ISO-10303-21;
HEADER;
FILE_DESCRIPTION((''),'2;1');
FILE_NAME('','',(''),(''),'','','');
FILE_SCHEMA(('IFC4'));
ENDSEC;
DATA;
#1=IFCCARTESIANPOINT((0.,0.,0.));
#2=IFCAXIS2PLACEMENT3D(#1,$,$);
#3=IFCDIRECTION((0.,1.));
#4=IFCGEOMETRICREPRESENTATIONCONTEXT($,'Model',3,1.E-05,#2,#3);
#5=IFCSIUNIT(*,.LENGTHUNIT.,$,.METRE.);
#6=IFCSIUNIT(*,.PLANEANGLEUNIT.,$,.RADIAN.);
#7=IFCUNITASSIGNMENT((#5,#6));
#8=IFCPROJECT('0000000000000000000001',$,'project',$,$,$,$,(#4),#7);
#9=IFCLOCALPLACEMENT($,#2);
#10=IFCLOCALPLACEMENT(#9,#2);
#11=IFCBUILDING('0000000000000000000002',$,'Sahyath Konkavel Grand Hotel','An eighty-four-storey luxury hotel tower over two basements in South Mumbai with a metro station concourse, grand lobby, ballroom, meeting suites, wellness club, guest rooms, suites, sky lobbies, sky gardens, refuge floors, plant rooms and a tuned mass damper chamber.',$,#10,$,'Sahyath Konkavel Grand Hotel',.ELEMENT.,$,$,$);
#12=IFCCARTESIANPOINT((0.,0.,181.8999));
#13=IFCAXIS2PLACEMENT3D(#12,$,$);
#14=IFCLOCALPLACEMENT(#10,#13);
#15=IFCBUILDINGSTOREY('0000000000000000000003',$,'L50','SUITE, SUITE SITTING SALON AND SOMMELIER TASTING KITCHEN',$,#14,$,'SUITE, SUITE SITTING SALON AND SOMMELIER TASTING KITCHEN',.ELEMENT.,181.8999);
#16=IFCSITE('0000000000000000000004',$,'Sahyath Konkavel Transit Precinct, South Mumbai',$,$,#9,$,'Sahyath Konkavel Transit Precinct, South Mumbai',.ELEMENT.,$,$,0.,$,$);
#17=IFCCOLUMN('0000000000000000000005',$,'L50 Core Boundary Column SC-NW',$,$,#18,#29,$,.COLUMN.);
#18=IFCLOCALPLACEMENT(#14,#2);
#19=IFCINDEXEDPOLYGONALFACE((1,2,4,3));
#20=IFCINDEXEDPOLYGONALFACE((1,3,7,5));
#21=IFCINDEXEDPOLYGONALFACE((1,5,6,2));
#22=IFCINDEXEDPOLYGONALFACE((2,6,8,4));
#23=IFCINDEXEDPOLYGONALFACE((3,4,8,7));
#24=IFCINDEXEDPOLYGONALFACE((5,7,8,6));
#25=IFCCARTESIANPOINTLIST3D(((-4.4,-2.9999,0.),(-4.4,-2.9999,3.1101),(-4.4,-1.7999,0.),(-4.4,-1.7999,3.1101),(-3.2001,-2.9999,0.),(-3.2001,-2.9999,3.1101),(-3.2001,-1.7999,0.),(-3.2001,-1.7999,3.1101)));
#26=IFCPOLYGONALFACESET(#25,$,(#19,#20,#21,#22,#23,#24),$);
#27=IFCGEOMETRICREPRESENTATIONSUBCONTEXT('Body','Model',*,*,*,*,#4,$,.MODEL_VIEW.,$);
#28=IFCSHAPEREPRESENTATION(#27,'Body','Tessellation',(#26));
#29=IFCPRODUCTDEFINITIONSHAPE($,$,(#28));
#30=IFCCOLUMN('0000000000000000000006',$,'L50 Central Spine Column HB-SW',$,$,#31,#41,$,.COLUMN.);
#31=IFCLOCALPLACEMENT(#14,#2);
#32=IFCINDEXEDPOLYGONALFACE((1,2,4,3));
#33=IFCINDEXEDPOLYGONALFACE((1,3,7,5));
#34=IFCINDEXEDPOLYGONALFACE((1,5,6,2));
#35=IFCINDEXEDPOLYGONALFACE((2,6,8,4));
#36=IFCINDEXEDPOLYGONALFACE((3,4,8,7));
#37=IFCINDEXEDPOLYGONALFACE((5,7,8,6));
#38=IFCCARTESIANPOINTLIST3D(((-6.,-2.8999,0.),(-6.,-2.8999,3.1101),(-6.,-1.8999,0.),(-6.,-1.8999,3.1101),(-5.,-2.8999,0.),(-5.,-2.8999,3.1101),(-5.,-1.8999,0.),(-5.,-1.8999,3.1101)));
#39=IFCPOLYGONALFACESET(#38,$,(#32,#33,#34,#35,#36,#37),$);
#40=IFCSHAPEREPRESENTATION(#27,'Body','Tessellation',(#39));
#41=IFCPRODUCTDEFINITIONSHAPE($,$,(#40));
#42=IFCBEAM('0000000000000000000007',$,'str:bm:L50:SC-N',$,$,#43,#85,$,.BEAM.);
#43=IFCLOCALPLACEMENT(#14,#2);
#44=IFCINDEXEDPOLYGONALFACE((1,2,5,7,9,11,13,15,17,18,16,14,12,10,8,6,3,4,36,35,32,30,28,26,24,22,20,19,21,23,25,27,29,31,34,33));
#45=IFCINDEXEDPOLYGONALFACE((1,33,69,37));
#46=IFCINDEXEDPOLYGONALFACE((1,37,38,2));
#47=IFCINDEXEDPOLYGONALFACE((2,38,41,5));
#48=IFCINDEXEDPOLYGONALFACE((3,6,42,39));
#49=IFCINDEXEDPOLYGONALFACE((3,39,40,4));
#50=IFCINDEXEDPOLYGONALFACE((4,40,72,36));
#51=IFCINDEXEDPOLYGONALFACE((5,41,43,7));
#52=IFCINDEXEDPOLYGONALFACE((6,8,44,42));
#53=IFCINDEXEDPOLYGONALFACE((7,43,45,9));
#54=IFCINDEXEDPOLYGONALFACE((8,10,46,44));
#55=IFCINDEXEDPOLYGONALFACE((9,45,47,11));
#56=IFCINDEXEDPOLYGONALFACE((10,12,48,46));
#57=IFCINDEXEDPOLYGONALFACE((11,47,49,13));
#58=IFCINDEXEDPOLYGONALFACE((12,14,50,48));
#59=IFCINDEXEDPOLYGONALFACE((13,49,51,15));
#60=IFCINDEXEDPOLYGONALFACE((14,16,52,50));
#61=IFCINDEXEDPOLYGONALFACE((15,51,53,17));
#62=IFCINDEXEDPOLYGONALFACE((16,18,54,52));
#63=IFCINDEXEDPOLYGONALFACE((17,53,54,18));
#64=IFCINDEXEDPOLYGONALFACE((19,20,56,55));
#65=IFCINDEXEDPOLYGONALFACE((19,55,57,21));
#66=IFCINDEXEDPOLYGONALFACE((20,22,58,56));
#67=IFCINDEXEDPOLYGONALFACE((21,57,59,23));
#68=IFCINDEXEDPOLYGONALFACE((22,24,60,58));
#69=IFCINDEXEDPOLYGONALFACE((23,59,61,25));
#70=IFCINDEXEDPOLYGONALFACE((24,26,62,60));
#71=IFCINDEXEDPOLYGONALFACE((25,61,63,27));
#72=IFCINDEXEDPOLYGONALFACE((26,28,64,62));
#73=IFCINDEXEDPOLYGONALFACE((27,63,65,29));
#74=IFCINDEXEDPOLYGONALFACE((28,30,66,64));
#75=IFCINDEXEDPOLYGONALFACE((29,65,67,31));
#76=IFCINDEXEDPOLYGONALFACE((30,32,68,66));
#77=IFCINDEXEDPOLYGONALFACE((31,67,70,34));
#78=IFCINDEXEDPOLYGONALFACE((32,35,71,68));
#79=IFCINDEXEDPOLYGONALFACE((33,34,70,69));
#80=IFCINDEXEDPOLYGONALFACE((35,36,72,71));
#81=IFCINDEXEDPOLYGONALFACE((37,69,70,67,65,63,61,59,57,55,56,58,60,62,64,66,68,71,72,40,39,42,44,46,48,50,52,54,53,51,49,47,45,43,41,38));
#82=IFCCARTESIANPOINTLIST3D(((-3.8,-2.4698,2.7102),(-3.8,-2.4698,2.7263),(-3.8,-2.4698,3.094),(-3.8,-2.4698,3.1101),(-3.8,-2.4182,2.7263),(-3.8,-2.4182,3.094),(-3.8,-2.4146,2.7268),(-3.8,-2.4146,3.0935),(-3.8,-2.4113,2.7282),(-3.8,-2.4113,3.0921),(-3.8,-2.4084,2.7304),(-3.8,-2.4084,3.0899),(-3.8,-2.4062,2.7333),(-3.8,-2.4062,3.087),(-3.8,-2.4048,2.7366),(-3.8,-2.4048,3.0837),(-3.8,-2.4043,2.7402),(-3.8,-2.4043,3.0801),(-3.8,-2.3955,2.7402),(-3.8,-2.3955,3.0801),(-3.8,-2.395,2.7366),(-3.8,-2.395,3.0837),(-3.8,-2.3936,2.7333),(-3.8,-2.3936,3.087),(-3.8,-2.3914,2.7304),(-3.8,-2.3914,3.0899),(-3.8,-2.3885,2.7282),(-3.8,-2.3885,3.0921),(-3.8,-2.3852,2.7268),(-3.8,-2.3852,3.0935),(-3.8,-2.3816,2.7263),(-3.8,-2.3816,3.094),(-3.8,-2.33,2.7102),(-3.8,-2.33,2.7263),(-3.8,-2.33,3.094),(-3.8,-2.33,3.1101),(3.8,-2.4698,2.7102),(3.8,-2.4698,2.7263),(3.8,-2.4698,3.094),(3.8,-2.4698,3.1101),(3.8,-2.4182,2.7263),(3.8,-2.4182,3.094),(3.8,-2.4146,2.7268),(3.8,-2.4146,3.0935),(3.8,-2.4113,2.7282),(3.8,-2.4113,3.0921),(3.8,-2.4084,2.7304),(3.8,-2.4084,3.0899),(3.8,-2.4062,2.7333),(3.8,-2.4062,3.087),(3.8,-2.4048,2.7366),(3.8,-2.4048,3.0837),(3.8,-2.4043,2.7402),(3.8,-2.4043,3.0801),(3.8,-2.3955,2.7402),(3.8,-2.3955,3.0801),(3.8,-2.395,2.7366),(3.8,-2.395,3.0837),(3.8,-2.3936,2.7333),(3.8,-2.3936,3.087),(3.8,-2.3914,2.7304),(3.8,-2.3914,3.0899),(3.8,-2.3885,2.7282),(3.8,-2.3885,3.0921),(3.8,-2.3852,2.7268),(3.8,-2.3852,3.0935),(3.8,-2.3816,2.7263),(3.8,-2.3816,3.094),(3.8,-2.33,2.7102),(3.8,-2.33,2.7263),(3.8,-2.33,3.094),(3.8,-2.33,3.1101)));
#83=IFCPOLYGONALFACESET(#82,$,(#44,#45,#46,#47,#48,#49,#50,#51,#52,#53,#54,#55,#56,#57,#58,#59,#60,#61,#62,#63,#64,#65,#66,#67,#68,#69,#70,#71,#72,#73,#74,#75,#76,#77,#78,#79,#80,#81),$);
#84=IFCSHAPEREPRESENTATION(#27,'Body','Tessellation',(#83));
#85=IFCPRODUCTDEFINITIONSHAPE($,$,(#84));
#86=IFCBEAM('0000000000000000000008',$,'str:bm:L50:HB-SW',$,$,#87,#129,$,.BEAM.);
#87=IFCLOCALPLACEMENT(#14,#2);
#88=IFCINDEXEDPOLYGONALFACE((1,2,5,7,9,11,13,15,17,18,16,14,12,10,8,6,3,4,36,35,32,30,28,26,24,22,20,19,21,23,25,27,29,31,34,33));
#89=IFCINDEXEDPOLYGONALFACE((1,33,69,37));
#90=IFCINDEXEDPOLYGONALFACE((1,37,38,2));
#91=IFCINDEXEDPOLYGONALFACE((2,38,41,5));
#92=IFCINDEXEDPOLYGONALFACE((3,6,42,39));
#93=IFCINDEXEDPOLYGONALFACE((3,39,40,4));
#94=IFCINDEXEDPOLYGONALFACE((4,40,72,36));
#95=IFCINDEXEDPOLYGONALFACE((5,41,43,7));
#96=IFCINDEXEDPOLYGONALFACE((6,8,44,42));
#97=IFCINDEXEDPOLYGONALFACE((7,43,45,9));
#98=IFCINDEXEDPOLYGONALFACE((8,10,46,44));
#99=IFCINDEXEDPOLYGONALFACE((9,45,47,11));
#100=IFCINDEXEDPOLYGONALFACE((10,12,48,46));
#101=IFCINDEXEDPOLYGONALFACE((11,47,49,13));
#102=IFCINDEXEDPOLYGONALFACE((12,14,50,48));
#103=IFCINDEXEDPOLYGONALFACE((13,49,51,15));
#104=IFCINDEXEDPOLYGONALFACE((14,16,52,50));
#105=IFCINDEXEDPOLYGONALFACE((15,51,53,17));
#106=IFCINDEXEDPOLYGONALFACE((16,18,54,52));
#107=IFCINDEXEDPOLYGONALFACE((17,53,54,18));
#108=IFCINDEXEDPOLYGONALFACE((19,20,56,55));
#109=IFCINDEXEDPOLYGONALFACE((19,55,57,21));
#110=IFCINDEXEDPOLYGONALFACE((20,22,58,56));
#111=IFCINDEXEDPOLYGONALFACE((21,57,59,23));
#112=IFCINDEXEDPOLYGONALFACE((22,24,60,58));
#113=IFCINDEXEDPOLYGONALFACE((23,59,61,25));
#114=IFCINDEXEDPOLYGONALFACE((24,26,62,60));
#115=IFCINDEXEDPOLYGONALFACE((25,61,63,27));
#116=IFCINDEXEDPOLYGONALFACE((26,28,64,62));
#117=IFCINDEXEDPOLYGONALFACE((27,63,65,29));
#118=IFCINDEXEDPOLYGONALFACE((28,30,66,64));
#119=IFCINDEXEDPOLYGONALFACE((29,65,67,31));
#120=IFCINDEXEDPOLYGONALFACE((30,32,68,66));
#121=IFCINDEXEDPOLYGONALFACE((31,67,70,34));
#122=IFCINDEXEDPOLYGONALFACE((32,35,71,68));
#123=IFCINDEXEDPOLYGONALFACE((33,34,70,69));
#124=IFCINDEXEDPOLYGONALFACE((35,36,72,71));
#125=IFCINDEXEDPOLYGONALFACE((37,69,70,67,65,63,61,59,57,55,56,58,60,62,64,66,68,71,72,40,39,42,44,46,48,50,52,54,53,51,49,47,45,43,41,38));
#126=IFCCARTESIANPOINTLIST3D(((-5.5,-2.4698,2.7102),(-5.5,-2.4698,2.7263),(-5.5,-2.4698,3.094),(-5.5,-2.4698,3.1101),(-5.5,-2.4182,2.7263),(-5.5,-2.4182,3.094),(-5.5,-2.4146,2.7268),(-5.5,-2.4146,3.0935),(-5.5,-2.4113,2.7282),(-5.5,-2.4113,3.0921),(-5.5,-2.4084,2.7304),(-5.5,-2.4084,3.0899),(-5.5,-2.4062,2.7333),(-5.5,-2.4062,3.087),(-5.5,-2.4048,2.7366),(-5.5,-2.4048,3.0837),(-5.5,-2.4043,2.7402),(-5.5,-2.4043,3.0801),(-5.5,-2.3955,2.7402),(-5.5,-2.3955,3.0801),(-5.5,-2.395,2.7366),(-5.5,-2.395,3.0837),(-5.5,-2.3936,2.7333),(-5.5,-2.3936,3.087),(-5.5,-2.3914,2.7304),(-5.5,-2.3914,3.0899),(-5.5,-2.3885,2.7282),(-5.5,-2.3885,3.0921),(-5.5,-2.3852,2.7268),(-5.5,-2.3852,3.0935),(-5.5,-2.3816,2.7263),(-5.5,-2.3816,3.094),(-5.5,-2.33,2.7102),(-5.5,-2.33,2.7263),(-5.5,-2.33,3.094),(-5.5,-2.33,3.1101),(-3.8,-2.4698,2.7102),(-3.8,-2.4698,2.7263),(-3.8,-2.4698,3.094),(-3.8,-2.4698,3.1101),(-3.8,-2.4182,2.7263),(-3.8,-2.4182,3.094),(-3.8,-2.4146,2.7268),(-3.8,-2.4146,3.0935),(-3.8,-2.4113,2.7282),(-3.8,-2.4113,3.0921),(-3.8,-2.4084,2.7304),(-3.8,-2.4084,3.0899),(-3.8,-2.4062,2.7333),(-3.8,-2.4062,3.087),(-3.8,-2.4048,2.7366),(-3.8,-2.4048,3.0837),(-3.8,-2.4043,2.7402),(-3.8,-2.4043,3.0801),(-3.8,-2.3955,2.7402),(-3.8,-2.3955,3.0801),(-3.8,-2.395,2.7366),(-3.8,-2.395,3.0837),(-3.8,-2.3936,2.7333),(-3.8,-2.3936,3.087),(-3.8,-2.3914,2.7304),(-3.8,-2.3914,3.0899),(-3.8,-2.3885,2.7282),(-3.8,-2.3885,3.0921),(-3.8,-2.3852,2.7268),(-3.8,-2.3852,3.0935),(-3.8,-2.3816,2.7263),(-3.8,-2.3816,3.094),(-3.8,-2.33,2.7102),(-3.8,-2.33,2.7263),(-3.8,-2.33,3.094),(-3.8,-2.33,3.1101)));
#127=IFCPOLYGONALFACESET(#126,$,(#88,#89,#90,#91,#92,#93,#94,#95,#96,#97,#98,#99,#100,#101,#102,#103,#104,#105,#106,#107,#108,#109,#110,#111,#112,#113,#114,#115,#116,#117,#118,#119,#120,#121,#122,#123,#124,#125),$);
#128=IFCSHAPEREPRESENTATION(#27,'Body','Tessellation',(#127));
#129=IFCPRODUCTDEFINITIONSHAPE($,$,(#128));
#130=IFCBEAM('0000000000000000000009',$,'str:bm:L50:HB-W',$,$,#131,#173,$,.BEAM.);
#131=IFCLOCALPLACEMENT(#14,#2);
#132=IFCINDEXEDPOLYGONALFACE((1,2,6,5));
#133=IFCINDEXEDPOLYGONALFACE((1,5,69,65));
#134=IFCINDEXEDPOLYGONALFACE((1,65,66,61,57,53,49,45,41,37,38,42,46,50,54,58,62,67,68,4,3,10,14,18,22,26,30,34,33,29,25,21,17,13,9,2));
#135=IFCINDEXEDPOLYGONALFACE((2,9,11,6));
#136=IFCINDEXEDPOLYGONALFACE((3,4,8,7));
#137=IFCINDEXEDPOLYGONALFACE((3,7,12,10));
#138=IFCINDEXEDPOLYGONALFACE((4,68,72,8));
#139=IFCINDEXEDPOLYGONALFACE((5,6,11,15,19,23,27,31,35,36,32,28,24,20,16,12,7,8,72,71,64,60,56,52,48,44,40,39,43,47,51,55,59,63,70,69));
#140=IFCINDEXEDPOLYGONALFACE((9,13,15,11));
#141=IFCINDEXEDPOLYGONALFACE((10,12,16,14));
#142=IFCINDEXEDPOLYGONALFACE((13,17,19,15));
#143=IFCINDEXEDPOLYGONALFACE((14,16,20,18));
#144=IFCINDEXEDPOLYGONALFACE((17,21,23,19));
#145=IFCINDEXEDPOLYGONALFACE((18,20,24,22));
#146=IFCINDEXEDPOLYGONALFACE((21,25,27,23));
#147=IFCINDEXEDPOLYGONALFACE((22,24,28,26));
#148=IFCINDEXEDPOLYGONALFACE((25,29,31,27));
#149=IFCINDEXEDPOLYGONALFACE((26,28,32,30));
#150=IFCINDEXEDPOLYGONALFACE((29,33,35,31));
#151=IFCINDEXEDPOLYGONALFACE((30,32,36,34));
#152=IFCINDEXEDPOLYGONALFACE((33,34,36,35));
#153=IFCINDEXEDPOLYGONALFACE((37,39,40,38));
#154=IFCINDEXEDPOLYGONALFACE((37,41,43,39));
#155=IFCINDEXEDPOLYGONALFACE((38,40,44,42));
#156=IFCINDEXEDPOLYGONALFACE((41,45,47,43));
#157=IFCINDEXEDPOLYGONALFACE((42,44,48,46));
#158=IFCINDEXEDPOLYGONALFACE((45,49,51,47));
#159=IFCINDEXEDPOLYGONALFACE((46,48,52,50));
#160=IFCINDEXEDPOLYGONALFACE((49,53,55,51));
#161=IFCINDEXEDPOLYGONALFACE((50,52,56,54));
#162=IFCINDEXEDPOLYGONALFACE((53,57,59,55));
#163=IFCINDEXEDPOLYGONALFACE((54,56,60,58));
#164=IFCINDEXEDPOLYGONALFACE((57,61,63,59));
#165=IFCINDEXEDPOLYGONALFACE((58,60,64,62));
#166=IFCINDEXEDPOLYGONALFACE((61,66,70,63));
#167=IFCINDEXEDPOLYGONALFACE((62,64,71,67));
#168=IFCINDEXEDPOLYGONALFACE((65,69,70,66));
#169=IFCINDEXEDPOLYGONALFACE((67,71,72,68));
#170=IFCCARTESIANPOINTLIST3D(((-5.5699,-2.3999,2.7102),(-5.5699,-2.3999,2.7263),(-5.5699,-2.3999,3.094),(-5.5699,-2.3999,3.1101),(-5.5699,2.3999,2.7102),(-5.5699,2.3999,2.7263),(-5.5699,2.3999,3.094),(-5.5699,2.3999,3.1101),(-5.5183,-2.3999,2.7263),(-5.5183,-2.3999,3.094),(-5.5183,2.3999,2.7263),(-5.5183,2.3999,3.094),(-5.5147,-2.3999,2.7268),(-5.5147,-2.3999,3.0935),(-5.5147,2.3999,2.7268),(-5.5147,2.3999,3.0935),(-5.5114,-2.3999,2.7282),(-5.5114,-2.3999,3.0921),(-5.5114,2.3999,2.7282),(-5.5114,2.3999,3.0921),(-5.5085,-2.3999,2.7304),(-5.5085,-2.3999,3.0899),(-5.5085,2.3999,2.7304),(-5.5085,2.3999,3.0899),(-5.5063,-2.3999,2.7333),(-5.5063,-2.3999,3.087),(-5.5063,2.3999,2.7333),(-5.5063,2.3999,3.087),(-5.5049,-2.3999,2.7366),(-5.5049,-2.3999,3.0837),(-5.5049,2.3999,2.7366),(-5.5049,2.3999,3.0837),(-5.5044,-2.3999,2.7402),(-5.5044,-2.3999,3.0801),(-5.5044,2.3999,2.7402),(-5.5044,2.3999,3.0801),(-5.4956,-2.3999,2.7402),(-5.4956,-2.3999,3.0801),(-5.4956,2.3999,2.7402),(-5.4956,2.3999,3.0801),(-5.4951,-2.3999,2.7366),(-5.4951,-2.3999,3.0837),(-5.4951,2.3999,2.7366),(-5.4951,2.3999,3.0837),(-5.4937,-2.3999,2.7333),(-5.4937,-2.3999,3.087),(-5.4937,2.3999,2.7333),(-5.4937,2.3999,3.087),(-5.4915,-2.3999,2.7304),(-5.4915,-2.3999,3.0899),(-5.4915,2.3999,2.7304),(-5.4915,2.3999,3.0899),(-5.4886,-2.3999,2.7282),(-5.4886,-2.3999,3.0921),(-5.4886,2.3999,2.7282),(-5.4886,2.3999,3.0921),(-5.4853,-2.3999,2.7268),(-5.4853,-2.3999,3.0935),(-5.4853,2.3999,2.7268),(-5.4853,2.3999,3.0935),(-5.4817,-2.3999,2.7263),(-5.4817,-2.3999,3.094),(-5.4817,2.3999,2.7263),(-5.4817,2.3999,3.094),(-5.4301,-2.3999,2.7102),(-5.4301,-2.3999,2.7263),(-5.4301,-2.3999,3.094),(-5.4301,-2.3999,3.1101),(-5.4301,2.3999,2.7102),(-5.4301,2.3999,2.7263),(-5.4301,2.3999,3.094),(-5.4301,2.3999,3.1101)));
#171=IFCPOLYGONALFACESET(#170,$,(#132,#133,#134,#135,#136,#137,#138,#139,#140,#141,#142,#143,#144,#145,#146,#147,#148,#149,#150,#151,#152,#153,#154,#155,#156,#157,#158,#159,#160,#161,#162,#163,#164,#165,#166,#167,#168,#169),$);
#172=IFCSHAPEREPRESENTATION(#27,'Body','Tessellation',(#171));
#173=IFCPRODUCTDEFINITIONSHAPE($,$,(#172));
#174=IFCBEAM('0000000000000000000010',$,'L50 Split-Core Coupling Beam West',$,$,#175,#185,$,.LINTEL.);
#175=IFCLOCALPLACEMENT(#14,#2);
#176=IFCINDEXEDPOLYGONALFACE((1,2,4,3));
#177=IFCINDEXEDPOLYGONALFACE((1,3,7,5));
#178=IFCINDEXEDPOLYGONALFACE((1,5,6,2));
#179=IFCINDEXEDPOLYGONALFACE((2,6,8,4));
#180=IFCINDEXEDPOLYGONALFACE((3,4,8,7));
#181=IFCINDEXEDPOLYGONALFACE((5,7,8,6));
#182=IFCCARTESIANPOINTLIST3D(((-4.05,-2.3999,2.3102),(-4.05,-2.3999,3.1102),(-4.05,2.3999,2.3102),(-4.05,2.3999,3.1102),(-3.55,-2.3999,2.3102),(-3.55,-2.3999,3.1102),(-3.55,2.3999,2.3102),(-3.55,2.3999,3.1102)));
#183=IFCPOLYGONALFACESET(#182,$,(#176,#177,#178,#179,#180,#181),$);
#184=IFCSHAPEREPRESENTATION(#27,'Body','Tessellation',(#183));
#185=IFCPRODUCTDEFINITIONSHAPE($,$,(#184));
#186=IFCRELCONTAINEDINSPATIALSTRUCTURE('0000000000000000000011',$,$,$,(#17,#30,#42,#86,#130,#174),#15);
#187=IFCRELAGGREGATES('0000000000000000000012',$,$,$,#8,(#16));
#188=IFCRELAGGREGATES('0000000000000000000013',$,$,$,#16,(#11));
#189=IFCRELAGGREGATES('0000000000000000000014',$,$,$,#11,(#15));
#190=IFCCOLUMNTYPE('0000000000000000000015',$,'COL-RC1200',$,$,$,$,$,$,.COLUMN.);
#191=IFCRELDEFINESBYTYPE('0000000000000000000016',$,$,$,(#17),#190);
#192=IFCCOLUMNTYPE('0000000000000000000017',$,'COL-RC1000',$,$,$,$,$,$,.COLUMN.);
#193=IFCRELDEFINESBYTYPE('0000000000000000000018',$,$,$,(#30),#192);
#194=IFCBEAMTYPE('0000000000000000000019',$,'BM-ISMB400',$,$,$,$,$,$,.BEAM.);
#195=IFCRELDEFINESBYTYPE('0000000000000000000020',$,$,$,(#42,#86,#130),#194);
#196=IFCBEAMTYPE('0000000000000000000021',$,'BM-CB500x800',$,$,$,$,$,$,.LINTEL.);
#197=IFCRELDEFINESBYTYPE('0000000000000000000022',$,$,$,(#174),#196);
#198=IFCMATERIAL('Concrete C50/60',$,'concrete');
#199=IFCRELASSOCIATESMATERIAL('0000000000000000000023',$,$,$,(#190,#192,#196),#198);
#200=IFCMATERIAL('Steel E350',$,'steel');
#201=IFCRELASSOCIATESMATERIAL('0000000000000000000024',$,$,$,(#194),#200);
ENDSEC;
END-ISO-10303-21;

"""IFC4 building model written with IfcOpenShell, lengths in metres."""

from ifc_helpers import new_model, si_unit, direction, frame, origin, origin_2d, place, context, subcontext, project, spatial, rectangle, i_section, extrude, source, transform, mapped, material, material_profile, profile_set, type_object, element, save


model = new_model("IFC4")

# Units and contexts
model_context = context("Model", 3, precision=1e-05, world=origin(), true_north=direction((0.0, 1.0)))
body_context = subcontext(model_context, "Body", "Model", "MODEL_VIEW")
ifc_project = project(units=[si_unit("LENGTHUNIT", "METRE"), si_unit("PLANEANGLEUNIT", "RADIAN")], contexts=[model_context])

# Site, building, storey
site_placement = place(None, origin())
site = spatial("IfcSite", under=ifc_project, at=site_placement, Name="Sahyath Konkavel Transit Precinct, South Mumbai", LongName="Sahyath Konkavel Transit Precinct, South Mumbai", CompositionType="ELEMENT", RefElevation=0.0)
building_placement = place(site_placement, origin())
building = spatial("IfcBuilding", under=site, at=building_placement, Name="Sahyath Konkavel Grand Hotel", Description="An eighty-four-storey luxury hotel tower over two basements in South Mumbai with a metro station concourse, grand lobby, ballroom, meeting suites, wellness club, guest rooms, suites, sky lobbies, sky gardens, refuge floors, plant rooms and a tuned mass damper chamber.", LongName="Sahyath Konkavel Grand Hotel", CompositionType="ELEMENT")
storey_placement = place(building_placement, frame((0.0, 0.0, 181.8999)))
storey = spatial("IfcBuildingStorey", under=building, at=storey_placement, Name="L50", Description="SUITE, SUITE SITTING SALON AND SOMMELIER TASTING KITCHEN", LongName="SUITE, SUITE SITTING SALON AND SOMMELIER TASTING KITCHEN", CompositionType="ELEMENT", Elevation=181.8999)

# Columns
ifc_material_1 = material(Name="Concrete C50/60", Category="concrete")
ifc_material_profile_1 = material_profile(ifc_material_1, rectangle(XDim=1.2, YDim=1.2, at=origin_2d()), Name="RC 1200x1200")
ifc_profile_set_1 = profile_set([ifc_material_profile_1], Name="Concrete C50/60")
column_type_1 = type_object("IfcColumnType", Name="COL-RC1200", PredefinedType="COLUMN", material=ifc_profile_set_1)
shared_shape_1 = source(origin(), body_context, "Body", "SweptSolid", [
    extrude(rectangle(XDim=1.2, YDim=1.2, at=origin_2d()), origin(), (0.0, 0.0, 1.0), 3.1101),
])
column_1_placement = place(storey_placement, frame((-3.8, -2.3999, 0.0), z_axis=(0.0, 0.0, 1.0), x_axis=(1.0, 0.0, 0.0)))
element("IfcColumn", 1, at=column_1_placement, inside=storey, type_object=column_type_1, Name="L50 Core Boundary Column SC-NW", PredefinedType="COLUMN", context=body_context, shape_type="MappedRepresentation", body=[
    mapped(shared_shape_1, transform((0.0, 0.0, 0.0), scale=1.0)),
])
ifc_material_profile_2 = material_profile(ifc_material_1, rectangle(XDim=1.0, YDim=1.0, at=origin_2d()), Name="RC 1000x1000")
ifc_profile_set_2 = profile_set([ifc_material_profile_2], Name="Concrete C50/60")
column_type_2 = type_object("IfcColumnType", Name="COL-RC1000", PredefinedType="COLUMN", material=ifc_profile_set_2)
shared_shape_2 = source(origin(), body_context, "Body", "SweptSolid", [
    extrude(rectangle(XDim=1.0, YDim=1.0, at=origin_2d()), origin(), (0.0, 0.0, 1.0), 3.1101),
])
column_2_placement = place(storey_placement, frame((-5.5, -2.3999, 0.0), z_axis=(0.0, 0.0, 1.0), x_axis=(1.0, 0.0, 0.0)))
element("IfcColumn", 2, at=column_2_placement, inside=storey, type_object=column_type_2, Name="L50 Central Spine Column HB-SW", PredefinedType="COLUMN", context=body_context, shape_type="MappedRepresentation", body=[
    mapped(shared_shape_2, transform((0.0, 0.0, 0.0), scale=1.0)),
])

# Beams
ifc_material_2 = material(Name="Steel E350", Category="steel")
ifc_material_profile_3 = material_profile(ifc_material_2, i_section(OverallWidth=0.1399, OverallDepth=0.3999, WebThickness=0.0088, FlangeThickness=0.0161, FilletRadius=0.0139, at=origin_2d()), Name="ISMB 400")
ifc_profile_set_3 = profile_set([ifc_material_profile_3], Name="Steel E350")
beam_type_1 = type_object("IfcBeamType", Name="BM-ISMB400", PredefinedType="BEAM", material=ifc_profile_set_3)
shared_shape_3 = source(origin(), body_context, "Body", "SweptSolid", [
    extrude(i_section(OverallWidth=0.1399, OverallDepth=0.3999, WebThickness=0.0088, FlangeThickness=0.0161, FilletRadius=0.0139, at=origin_2d()), origin(), (0.0, 0.0, 1.0), 7.6001),
])
beam_1_placement = place(storey_placement, frame((-3.8, -2.3999, 2.9102), z_axis=(1.0, 0.0, 0.0), x_axis=(0.0, 1.0, 0.0)))
element("IfcBeam", 3, at=beam_1_placement, inside=storey, type_object=beam_type_1, Name="str:bm:L50:SC-N", PredefinedType="BEAM", context=body_context, shape_type="MappedRepresentation", body=[
    mapped(shared_shape_3, transform((0.0, 0.0, 0.0), scale=1.0)),
])
shared_shape_4 = source(origin(), body_context, "Body", "SweptSolid", [
    extrude(i_section(OverallWidth=0.1399, OverallDepth=0.3999, WebThickness=0.0088, FlangeThickness=0.0161, FilletRadius=0.0139, at=origin_2d()), origin(), (0.0, 0.0, 1.0), 1.7),
])
beam_2_placement = place(storey_placement, frame((-5.5, -2.3999, 2.9102), z_axis=(1.0, 0.0, 0.0), x_axis=(0.0, 1.0, 0.0)))
element("IfcBeam", 4, at=beam_2_placement, inside=storey, type_object=beam_type_1, Name="str:bm:L50:HB-SW", PredefinedType="BEAM", context=body_context, shape_type="MappedRepresentation", body=[
    mapped(shared_shape_4, transform((0.0, 0.0, 0.0), scale=1.0)),
])
shared_shape_5 = source(origin(), body_context, "Body", "SweptSolid", [
    extrude(i_section(OverallWidth=0.1399, OverallDepth=0.3999, WebThickness=0.0088, FlangeThickness=0.0161, FilletRadius=0.0139, at=origin_2d()), origin(), (0.0, 0.0, 1.0), 4.7998),
])
beam_3_placement = place(storey_placement, frame((-5.5, -2.3999, 2.9102), z_axis=(0.0, 1.0, 0.0), x_axis=(-1.0, 0.0, 0.0)))
element("IfcBeam", 5, at=beam_3_placement, inside=storey, type_object=beam_type_1, Name="str:bm:L50:HB-W", PredefinedType="BEAM", context=body_context, shape_type="MappedRepresentation", body=[
    mapped(shared_shape_5, transform((0.0, 0.0, 0.0), scale=1.0)),
])
ifc_material_profile_4 = material_profile(ifc_material_1, rectangle(XDim=0.5, YDim=0.8, at=origin_2d()), Name="RC 500x800")
ifc_profile_set_4 = profile_set([ifc_material_profile_4], Name="Concrete C50/60")
beam_type_2 = type_object("IfcBeamType", Name="BM-CB500x800", PredefinedType="LINTEL", material=ifc_profile_set_4)
shared_shape_6 = source(origin(), body_context, "Body", "SweptSolid", [
    extrude(rectangle(XDim=0.5, YDim=0.8, at=origin_2d()), origin(), (0.0, 0.0, 1.0), 4.7998),
])
beam_4_placement = place(storey_placement, frame((-3.8, -2.3999, 2.7102), z_axis=(0.0, 1.0, 0.0), x_axis=(-1.0, 0.0, 0.0)))
element("IfcBeam", 6, at=beam_4_placement, inside=storey, type_object=beam_type_2, Name="L50 Split-Core Coupling Beam West", PredefinedType="LINTEL", context=body_context, shape_type="MappedRepresentation", body=[
    mapped(shared_shape_6, transform((0.0, 0.0, 0.0), scale=1.0)),
])

save(model, "model.ifc")
